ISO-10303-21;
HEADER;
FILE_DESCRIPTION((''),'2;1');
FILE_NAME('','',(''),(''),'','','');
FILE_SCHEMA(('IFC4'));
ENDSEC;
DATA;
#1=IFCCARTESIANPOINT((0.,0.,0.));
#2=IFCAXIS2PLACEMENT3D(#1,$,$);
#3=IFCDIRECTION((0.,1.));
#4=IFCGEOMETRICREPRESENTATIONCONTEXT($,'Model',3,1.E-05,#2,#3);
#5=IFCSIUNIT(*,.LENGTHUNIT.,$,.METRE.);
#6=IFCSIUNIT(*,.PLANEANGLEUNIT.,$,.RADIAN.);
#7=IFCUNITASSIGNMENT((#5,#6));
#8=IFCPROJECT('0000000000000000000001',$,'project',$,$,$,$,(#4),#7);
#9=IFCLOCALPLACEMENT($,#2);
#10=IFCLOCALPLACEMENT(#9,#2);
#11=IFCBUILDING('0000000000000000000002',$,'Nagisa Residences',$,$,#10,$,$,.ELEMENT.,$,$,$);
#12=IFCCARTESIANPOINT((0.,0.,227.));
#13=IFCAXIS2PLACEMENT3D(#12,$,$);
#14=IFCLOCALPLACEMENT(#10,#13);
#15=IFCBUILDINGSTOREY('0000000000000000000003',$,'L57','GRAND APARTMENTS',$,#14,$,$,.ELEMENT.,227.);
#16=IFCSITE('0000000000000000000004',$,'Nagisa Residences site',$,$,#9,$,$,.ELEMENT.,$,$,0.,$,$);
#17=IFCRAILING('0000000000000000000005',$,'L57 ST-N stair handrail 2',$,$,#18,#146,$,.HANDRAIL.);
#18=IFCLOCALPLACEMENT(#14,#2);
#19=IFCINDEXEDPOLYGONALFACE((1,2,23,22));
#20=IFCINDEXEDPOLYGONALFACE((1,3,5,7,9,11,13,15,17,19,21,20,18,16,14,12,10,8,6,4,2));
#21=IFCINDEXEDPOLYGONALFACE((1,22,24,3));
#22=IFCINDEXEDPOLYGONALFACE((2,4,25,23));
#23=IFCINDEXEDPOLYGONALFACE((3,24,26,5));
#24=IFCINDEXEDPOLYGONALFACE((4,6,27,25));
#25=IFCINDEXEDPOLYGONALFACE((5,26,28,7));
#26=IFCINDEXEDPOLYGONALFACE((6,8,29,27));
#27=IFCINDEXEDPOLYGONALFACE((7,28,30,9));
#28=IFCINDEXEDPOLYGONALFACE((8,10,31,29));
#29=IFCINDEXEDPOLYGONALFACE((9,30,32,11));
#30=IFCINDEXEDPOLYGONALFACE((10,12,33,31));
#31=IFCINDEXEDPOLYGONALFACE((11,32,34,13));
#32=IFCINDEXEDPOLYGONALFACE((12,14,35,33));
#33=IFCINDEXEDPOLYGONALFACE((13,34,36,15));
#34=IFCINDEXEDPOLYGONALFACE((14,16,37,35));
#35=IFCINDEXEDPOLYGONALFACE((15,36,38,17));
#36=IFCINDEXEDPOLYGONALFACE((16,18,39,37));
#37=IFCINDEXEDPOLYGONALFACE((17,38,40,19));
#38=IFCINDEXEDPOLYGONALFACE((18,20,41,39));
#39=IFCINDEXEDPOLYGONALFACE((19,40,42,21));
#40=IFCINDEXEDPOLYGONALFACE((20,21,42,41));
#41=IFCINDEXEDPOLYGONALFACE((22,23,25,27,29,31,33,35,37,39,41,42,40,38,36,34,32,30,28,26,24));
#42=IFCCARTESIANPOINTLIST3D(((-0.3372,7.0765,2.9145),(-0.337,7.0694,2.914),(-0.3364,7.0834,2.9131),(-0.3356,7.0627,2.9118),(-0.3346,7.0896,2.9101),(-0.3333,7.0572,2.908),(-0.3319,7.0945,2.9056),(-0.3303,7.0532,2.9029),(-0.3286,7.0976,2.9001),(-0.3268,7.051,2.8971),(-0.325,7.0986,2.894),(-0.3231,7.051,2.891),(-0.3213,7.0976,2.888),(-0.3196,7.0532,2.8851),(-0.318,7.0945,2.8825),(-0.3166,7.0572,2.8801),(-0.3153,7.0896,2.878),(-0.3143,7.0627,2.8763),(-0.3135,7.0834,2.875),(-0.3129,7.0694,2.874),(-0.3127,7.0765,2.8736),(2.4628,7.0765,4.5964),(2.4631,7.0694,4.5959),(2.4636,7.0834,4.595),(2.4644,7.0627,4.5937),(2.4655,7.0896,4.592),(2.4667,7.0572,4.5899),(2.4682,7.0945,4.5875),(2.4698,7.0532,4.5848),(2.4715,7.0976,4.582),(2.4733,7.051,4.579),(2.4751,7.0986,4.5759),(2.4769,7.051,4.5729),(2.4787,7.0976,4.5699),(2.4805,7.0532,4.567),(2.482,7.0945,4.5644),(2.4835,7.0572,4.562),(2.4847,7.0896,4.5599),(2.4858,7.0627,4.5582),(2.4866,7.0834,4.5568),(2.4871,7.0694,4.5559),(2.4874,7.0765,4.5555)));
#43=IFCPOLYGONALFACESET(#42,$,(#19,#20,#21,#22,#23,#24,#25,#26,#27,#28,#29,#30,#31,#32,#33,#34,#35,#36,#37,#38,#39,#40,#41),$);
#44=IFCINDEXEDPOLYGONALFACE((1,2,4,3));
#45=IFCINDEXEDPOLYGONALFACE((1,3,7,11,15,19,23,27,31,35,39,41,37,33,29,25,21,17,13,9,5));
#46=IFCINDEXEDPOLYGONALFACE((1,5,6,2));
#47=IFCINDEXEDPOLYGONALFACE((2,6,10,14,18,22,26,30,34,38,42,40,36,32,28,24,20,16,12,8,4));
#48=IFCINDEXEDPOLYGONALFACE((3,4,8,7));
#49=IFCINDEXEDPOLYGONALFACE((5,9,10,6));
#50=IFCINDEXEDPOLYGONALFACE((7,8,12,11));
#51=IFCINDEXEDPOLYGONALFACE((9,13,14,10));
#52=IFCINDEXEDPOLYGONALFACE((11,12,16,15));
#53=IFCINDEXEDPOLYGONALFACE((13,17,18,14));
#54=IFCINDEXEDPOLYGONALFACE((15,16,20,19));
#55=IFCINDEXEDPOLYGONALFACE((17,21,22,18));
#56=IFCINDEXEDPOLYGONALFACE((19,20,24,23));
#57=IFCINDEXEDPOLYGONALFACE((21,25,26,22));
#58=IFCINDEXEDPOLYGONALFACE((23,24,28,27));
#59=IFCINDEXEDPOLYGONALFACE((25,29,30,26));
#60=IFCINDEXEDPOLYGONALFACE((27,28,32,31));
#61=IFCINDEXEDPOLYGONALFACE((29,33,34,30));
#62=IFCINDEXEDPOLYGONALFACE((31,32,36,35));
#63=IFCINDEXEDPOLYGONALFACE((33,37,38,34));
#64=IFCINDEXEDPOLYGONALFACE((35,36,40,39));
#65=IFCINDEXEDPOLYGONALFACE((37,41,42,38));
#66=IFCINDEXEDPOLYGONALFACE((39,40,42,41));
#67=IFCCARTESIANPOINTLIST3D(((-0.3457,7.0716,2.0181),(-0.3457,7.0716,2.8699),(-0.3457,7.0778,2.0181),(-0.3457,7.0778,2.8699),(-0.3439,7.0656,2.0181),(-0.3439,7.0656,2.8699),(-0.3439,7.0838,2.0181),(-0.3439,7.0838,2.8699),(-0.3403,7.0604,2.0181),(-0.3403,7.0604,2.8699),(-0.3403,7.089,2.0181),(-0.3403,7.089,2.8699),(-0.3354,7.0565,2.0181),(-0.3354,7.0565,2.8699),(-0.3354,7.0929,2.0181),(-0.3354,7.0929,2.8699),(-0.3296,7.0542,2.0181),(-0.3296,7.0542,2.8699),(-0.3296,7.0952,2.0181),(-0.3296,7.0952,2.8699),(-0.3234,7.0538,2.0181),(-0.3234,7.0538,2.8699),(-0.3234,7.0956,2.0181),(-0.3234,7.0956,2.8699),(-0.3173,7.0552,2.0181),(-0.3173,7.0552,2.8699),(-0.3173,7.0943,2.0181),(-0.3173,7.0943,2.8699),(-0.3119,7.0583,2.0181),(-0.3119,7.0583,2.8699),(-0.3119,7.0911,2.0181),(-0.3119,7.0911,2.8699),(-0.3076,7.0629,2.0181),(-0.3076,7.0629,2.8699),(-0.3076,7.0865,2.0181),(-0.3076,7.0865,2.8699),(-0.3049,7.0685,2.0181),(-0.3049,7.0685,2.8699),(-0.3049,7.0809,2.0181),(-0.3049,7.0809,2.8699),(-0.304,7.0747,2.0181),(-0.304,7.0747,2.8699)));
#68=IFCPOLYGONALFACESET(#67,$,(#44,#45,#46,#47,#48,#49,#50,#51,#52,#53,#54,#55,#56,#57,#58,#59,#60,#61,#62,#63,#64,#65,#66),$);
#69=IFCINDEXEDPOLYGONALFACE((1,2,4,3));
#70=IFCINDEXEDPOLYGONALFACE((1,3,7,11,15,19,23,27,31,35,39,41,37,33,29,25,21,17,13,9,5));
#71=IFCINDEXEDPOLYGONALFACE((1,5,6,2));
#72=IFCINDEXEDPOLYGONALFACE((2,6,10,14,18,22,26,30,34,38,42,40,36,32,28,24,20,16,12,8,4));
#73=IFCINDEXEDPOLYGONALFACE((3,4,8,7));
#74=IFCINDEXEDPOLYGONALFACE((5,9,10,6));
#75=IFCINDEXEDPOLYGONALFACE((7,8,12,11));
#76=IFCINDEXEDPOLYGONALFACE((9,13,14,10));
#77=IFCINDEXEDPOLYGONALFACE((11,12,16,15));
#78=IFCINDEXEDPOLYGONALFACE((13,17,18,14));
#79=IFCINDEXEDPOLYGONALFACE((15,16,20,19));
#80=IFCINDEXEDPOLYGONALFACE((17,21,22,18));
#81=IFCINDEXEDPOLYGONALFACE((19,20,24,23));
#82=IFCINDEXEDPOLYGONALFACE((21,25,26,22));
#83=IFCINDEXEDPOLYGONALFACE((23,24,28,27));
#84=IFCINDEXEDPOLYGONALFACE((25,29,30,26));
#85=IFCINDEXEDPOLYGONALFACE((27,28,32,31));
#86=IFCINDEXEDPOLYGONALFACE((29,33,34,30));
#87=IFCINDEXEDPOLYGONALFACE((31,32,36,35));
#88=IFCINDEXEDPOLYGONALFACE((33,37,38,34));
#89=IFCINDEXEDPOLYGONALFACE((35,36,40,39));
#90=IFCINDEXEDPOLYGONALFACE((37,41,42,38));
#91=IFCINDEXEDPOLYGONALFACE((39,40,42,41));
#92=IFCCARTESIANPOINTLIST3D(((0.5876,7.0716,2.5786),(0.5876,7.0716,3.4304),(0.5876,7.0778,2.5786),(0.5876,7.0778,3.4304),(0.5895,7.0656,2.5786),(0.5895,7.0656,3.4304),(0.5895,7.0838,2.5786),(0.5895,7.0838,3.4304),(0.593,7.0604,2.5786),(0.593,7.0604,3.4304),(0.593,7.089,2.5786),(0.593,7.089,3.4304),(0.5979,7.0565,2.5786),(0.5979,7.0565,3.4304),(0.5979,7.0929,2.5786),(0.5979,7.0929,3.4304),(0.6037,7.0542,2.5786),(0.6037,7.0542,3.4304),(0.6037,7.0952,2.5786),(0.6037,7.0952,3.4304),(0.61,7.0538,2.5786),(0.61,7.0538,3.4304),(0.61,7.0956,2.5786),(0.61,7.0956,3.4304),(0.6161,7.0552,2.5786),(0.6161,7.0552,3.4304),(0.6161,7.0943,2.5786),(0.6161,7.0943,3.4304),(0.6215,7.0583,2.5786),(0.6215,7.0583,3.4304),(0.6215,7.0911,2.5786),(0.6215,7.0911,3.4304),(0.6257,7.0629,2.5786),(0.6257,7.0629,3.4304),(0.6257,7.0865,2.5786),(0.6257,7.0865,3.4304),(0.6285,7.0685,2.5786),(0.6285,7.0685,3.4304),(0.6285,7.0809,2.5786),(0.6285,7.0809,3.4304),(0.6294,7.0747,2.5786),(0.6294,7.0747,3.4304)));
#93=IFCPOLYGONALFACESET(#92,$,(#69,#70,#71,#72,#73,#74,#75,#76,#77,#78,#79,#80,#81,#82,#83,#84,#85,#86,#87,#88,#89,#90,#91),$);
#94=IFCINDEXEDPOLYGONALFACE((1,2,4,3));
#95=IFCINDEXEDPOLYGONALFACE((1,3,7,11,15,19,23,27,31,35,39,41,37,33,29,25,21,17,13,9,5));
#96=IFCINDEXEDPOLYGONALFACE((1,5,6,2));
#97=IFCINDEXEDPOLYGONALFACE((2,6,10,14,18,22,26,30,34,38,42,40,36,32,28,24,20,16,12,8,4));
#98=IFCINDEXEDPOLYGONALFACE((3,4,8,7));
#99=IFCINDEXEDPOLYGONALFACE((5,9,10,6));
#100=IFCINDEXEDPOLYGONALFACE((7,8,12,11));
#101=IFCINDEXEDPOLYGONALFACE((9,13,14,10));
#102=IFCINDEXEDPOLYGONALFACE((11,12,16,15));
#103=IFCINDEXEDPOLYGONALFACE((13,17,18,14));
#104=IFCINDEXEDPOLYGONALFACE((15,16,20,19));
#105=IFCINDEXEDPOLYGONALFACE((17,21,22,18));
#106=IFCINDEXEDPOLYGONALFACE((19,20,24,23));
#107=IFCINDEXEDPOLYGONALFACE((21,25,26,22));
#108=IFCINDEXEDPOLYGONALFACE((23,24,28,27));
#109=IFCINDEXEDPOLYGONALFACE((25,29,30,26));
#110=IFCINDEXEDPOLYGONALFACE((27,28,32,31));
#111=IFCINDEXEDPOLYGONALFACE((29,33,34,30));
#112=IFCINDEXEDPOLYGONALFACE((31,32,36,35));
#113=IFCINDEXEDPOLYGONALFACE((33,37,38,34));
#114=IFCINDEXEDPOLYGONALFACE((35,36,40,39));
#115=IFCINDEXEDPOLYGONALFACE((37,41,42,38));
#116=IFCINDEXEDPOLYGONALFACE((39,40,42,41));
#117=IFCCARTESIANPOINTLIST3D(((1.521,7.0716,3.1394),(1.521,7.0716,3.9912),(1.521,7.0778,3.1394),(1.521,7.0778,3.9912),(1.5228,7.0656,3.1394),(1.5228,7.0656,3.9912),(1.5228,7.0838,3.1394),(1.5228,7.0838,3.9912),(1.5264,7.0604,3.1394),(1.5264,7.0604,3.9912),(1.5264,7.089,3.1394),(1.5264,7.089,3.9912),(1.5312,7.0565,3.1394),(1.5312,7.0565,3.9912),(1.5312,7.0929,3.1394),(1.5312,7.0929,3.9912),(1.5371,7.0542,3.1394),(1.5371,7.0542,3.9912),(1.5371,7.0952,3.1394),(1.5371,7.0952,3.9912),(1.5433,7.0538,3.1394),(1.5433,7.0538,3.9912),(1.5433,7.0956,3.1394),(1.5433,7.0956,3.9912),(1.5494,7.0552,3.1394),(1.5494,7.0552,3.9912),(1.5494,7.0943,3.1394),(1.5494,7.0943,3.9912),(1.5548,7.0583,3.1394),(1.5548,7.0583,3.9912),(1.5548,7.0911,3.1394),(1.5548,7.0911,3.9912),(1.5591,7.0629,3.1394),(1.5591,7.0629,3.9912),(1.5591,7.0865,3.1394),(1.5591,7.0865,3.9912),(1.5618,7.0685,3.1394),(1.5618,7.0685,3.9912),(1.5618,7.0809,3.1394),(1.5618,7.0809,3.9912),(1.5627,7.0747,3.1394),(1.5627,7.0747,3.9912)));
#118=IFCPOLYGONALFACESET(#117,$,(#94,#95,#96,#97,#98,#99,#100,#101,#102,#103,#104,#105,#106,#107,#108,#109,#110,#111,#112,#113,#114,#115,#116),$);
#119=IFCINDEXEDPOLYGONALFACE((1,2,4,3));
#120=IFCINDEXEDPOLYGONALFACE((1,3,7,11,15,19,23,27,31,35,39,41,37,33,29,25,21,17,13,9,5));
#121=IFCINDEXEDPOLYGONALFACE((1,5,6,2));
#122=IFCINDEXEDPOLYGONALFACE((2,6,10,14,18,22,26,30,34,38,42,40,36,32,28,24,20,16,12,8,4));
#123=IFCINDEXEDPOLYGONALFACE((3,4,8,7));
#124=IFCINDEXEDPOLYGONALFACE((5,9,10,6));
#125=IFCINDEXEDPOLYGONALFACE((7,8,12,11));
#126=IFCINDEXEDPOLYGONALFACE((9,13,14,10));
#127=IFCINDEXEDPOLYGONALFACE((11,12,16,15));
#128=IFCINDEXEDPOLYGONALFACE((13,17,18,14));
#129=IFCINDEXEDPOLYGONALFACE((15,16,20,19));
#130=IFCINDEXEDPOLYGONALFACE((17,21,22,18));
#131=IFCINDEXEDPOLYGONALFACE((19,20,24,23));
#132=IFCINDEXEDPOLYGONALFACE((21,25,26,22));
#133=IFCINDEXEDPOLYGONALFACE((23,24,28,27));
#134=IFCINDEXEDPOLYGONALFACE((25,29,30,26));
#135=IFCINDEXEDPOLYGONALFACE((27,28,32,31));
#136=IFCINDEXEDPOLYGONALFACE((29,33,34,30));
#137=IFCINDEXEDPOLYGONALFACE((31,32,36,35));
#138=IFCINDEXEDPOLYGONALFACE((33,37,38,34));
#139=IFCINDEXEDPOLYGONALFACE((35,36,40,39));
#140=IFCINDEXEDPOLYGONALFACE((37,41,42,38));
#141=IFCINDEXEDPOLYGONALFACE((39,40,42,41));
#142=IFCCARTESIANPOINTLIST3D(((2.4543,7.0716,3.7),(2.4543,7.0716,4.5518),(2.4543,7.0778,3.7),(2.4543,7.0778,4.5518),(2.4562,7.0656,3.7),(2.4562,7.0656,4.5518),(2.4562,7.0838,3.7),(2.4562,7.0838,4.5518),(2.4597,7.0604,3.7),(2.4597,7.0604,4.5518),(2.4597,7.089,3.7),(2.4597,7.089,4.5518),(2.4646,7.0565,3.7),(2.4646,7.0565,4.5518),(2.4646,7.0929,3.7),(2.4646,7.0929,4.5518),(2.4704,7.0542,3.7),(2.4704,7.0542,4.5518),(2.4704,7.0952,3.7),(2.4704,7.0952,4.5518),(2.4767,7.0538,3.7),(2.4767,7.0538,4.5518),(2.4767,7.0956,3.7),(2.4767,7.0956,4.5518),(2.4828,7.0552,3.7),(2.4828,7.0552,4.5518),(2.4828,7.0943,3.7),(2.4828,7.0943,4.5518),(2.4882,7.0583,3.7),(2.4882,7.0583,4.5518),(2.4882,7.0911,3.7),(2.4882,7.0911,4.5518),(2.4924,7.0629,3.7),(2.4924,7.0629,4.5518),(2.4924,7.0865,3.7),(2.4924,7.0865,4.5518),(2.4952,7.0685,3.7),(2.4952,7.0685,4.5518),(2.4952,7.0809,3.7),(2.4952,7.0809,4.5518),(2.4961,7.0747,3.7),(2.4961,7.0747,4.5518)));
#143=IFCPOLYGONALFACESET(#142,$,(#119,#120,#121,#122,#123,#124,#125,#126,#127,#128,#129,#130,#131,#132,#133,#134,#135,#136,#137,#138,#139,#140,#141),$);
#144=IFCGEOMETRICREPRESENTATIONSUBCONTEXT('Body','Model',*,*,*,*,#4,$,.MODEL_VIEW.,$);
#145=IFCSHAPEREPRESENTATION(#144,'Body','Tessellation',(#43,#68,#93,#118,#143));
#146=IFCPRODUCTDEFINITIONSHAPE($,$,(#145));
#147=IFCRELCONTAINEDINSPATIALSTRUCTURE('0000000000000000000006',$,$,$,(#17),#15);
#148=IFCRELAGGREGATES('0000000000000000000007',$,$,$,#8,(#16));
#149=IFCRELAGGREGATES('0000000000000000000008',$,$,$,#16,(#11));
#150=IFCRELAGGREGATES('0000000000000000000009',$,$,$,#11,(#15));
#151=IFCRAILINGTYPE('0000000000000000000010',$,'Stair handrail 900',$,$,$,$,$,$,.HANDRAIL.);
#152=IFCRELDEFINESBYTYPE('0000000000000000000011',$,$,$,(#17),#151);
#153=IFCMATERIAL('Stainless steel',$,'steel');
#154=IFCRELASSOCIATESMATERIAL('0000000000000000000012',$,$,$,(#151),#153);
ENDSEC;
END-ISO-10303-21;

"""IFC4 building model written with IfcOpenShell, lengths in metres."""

from ifc_helpers import new_model, si_unit, direction, frame, origin, origin_2d, place, context, subcontext, project, spatial, circle, extrude, material, type_object, element, save


model = new_model("IFC4")

# Units and contexts
model_context = context("Model", 3, precision=1e-05, world=origin(), true_north=direction((0.0, 1.0)))
body_context = subcontext(model_context, "Body", "Model", "MODEL_VIEW")
ifc_project = project(units=[si_unit("LENGTHUNIT", "METRE"), si_unit("PLANEANGLEUNIT", "RADIAN")], contexts=[model_context])

# Site, building, storey
site_placement = place(None, origin())
site = spatial("IfcSite", under=ifc_project, at=site_placement, Name="Nagisa Residences site", CompositionType="ELEMENT", RefElevation=0.0)
building_placement = place(site_placement, origin())
building = spatial("IfcBuilding", under=site, at=building_placement, Name="Nagisa Residences", CompositionType="ELEMENT")
storey_placement = place(building_placement, frame((0.0, 0.0, 227.0)))
storey = spatial("IfcBuildingStorey", under=building, at=storey_placement, Name="L57", Description="GRAND APARTMENTS", CompositionType="ELEMENT", Elevation=227.0)

# Railing
ifc_material_1 = material(Name="Stainless steel", Category="steel")
railing_type = type_object("IfcRailingType", Name="Stair handrail 900", PredefinedType="HANDRAIL", material=ifc_material_1)
railing_placement = place(storey_placement, frame((-0.325, 7.0747, 2.0181)))
element("IfcRailing", 1, at=railing_placement, inside=storey, type_object=railing_type, Name="L57 ST-N stair handrail 2", PredefinedType="HANDRAIL", context=body_context, shape_type="SweptSolid", body=[
    extrude(circle(Radius=0.0239, at=origin_2d()), frame((0.0, 0.0, 0.876), z_axis=(0.857242, 0.0, 0.514913), x_axis=(0.0, 1.0, 0.0)), (0.0, 0.0, 1.0), 3.2664),
    extrude(circle(Radius=0.021, at=origin_2d()), origin(), (0.0, 0.0, 1.0), 0.8518),
    extrude(circle(Radius=0.021, at=origin_2d()), frame((0.9333, 0.0, 0.5605)), (0.0, 0.0, 1.0), 0.8518),
    extrude(circle(Radius=0.021, at=origin_2d()), frame((1.8667, 0.0, 1.1213)), (0.0, 0.0, 1.0), 0.8518),
    extrude(circle(Radius=0.021, at=origin_2d()), frame((2.8, 0.0, 1.6819)), (0.0, 0.0, 1.0), 0.8518),
])

save(model, "model.ifc")
